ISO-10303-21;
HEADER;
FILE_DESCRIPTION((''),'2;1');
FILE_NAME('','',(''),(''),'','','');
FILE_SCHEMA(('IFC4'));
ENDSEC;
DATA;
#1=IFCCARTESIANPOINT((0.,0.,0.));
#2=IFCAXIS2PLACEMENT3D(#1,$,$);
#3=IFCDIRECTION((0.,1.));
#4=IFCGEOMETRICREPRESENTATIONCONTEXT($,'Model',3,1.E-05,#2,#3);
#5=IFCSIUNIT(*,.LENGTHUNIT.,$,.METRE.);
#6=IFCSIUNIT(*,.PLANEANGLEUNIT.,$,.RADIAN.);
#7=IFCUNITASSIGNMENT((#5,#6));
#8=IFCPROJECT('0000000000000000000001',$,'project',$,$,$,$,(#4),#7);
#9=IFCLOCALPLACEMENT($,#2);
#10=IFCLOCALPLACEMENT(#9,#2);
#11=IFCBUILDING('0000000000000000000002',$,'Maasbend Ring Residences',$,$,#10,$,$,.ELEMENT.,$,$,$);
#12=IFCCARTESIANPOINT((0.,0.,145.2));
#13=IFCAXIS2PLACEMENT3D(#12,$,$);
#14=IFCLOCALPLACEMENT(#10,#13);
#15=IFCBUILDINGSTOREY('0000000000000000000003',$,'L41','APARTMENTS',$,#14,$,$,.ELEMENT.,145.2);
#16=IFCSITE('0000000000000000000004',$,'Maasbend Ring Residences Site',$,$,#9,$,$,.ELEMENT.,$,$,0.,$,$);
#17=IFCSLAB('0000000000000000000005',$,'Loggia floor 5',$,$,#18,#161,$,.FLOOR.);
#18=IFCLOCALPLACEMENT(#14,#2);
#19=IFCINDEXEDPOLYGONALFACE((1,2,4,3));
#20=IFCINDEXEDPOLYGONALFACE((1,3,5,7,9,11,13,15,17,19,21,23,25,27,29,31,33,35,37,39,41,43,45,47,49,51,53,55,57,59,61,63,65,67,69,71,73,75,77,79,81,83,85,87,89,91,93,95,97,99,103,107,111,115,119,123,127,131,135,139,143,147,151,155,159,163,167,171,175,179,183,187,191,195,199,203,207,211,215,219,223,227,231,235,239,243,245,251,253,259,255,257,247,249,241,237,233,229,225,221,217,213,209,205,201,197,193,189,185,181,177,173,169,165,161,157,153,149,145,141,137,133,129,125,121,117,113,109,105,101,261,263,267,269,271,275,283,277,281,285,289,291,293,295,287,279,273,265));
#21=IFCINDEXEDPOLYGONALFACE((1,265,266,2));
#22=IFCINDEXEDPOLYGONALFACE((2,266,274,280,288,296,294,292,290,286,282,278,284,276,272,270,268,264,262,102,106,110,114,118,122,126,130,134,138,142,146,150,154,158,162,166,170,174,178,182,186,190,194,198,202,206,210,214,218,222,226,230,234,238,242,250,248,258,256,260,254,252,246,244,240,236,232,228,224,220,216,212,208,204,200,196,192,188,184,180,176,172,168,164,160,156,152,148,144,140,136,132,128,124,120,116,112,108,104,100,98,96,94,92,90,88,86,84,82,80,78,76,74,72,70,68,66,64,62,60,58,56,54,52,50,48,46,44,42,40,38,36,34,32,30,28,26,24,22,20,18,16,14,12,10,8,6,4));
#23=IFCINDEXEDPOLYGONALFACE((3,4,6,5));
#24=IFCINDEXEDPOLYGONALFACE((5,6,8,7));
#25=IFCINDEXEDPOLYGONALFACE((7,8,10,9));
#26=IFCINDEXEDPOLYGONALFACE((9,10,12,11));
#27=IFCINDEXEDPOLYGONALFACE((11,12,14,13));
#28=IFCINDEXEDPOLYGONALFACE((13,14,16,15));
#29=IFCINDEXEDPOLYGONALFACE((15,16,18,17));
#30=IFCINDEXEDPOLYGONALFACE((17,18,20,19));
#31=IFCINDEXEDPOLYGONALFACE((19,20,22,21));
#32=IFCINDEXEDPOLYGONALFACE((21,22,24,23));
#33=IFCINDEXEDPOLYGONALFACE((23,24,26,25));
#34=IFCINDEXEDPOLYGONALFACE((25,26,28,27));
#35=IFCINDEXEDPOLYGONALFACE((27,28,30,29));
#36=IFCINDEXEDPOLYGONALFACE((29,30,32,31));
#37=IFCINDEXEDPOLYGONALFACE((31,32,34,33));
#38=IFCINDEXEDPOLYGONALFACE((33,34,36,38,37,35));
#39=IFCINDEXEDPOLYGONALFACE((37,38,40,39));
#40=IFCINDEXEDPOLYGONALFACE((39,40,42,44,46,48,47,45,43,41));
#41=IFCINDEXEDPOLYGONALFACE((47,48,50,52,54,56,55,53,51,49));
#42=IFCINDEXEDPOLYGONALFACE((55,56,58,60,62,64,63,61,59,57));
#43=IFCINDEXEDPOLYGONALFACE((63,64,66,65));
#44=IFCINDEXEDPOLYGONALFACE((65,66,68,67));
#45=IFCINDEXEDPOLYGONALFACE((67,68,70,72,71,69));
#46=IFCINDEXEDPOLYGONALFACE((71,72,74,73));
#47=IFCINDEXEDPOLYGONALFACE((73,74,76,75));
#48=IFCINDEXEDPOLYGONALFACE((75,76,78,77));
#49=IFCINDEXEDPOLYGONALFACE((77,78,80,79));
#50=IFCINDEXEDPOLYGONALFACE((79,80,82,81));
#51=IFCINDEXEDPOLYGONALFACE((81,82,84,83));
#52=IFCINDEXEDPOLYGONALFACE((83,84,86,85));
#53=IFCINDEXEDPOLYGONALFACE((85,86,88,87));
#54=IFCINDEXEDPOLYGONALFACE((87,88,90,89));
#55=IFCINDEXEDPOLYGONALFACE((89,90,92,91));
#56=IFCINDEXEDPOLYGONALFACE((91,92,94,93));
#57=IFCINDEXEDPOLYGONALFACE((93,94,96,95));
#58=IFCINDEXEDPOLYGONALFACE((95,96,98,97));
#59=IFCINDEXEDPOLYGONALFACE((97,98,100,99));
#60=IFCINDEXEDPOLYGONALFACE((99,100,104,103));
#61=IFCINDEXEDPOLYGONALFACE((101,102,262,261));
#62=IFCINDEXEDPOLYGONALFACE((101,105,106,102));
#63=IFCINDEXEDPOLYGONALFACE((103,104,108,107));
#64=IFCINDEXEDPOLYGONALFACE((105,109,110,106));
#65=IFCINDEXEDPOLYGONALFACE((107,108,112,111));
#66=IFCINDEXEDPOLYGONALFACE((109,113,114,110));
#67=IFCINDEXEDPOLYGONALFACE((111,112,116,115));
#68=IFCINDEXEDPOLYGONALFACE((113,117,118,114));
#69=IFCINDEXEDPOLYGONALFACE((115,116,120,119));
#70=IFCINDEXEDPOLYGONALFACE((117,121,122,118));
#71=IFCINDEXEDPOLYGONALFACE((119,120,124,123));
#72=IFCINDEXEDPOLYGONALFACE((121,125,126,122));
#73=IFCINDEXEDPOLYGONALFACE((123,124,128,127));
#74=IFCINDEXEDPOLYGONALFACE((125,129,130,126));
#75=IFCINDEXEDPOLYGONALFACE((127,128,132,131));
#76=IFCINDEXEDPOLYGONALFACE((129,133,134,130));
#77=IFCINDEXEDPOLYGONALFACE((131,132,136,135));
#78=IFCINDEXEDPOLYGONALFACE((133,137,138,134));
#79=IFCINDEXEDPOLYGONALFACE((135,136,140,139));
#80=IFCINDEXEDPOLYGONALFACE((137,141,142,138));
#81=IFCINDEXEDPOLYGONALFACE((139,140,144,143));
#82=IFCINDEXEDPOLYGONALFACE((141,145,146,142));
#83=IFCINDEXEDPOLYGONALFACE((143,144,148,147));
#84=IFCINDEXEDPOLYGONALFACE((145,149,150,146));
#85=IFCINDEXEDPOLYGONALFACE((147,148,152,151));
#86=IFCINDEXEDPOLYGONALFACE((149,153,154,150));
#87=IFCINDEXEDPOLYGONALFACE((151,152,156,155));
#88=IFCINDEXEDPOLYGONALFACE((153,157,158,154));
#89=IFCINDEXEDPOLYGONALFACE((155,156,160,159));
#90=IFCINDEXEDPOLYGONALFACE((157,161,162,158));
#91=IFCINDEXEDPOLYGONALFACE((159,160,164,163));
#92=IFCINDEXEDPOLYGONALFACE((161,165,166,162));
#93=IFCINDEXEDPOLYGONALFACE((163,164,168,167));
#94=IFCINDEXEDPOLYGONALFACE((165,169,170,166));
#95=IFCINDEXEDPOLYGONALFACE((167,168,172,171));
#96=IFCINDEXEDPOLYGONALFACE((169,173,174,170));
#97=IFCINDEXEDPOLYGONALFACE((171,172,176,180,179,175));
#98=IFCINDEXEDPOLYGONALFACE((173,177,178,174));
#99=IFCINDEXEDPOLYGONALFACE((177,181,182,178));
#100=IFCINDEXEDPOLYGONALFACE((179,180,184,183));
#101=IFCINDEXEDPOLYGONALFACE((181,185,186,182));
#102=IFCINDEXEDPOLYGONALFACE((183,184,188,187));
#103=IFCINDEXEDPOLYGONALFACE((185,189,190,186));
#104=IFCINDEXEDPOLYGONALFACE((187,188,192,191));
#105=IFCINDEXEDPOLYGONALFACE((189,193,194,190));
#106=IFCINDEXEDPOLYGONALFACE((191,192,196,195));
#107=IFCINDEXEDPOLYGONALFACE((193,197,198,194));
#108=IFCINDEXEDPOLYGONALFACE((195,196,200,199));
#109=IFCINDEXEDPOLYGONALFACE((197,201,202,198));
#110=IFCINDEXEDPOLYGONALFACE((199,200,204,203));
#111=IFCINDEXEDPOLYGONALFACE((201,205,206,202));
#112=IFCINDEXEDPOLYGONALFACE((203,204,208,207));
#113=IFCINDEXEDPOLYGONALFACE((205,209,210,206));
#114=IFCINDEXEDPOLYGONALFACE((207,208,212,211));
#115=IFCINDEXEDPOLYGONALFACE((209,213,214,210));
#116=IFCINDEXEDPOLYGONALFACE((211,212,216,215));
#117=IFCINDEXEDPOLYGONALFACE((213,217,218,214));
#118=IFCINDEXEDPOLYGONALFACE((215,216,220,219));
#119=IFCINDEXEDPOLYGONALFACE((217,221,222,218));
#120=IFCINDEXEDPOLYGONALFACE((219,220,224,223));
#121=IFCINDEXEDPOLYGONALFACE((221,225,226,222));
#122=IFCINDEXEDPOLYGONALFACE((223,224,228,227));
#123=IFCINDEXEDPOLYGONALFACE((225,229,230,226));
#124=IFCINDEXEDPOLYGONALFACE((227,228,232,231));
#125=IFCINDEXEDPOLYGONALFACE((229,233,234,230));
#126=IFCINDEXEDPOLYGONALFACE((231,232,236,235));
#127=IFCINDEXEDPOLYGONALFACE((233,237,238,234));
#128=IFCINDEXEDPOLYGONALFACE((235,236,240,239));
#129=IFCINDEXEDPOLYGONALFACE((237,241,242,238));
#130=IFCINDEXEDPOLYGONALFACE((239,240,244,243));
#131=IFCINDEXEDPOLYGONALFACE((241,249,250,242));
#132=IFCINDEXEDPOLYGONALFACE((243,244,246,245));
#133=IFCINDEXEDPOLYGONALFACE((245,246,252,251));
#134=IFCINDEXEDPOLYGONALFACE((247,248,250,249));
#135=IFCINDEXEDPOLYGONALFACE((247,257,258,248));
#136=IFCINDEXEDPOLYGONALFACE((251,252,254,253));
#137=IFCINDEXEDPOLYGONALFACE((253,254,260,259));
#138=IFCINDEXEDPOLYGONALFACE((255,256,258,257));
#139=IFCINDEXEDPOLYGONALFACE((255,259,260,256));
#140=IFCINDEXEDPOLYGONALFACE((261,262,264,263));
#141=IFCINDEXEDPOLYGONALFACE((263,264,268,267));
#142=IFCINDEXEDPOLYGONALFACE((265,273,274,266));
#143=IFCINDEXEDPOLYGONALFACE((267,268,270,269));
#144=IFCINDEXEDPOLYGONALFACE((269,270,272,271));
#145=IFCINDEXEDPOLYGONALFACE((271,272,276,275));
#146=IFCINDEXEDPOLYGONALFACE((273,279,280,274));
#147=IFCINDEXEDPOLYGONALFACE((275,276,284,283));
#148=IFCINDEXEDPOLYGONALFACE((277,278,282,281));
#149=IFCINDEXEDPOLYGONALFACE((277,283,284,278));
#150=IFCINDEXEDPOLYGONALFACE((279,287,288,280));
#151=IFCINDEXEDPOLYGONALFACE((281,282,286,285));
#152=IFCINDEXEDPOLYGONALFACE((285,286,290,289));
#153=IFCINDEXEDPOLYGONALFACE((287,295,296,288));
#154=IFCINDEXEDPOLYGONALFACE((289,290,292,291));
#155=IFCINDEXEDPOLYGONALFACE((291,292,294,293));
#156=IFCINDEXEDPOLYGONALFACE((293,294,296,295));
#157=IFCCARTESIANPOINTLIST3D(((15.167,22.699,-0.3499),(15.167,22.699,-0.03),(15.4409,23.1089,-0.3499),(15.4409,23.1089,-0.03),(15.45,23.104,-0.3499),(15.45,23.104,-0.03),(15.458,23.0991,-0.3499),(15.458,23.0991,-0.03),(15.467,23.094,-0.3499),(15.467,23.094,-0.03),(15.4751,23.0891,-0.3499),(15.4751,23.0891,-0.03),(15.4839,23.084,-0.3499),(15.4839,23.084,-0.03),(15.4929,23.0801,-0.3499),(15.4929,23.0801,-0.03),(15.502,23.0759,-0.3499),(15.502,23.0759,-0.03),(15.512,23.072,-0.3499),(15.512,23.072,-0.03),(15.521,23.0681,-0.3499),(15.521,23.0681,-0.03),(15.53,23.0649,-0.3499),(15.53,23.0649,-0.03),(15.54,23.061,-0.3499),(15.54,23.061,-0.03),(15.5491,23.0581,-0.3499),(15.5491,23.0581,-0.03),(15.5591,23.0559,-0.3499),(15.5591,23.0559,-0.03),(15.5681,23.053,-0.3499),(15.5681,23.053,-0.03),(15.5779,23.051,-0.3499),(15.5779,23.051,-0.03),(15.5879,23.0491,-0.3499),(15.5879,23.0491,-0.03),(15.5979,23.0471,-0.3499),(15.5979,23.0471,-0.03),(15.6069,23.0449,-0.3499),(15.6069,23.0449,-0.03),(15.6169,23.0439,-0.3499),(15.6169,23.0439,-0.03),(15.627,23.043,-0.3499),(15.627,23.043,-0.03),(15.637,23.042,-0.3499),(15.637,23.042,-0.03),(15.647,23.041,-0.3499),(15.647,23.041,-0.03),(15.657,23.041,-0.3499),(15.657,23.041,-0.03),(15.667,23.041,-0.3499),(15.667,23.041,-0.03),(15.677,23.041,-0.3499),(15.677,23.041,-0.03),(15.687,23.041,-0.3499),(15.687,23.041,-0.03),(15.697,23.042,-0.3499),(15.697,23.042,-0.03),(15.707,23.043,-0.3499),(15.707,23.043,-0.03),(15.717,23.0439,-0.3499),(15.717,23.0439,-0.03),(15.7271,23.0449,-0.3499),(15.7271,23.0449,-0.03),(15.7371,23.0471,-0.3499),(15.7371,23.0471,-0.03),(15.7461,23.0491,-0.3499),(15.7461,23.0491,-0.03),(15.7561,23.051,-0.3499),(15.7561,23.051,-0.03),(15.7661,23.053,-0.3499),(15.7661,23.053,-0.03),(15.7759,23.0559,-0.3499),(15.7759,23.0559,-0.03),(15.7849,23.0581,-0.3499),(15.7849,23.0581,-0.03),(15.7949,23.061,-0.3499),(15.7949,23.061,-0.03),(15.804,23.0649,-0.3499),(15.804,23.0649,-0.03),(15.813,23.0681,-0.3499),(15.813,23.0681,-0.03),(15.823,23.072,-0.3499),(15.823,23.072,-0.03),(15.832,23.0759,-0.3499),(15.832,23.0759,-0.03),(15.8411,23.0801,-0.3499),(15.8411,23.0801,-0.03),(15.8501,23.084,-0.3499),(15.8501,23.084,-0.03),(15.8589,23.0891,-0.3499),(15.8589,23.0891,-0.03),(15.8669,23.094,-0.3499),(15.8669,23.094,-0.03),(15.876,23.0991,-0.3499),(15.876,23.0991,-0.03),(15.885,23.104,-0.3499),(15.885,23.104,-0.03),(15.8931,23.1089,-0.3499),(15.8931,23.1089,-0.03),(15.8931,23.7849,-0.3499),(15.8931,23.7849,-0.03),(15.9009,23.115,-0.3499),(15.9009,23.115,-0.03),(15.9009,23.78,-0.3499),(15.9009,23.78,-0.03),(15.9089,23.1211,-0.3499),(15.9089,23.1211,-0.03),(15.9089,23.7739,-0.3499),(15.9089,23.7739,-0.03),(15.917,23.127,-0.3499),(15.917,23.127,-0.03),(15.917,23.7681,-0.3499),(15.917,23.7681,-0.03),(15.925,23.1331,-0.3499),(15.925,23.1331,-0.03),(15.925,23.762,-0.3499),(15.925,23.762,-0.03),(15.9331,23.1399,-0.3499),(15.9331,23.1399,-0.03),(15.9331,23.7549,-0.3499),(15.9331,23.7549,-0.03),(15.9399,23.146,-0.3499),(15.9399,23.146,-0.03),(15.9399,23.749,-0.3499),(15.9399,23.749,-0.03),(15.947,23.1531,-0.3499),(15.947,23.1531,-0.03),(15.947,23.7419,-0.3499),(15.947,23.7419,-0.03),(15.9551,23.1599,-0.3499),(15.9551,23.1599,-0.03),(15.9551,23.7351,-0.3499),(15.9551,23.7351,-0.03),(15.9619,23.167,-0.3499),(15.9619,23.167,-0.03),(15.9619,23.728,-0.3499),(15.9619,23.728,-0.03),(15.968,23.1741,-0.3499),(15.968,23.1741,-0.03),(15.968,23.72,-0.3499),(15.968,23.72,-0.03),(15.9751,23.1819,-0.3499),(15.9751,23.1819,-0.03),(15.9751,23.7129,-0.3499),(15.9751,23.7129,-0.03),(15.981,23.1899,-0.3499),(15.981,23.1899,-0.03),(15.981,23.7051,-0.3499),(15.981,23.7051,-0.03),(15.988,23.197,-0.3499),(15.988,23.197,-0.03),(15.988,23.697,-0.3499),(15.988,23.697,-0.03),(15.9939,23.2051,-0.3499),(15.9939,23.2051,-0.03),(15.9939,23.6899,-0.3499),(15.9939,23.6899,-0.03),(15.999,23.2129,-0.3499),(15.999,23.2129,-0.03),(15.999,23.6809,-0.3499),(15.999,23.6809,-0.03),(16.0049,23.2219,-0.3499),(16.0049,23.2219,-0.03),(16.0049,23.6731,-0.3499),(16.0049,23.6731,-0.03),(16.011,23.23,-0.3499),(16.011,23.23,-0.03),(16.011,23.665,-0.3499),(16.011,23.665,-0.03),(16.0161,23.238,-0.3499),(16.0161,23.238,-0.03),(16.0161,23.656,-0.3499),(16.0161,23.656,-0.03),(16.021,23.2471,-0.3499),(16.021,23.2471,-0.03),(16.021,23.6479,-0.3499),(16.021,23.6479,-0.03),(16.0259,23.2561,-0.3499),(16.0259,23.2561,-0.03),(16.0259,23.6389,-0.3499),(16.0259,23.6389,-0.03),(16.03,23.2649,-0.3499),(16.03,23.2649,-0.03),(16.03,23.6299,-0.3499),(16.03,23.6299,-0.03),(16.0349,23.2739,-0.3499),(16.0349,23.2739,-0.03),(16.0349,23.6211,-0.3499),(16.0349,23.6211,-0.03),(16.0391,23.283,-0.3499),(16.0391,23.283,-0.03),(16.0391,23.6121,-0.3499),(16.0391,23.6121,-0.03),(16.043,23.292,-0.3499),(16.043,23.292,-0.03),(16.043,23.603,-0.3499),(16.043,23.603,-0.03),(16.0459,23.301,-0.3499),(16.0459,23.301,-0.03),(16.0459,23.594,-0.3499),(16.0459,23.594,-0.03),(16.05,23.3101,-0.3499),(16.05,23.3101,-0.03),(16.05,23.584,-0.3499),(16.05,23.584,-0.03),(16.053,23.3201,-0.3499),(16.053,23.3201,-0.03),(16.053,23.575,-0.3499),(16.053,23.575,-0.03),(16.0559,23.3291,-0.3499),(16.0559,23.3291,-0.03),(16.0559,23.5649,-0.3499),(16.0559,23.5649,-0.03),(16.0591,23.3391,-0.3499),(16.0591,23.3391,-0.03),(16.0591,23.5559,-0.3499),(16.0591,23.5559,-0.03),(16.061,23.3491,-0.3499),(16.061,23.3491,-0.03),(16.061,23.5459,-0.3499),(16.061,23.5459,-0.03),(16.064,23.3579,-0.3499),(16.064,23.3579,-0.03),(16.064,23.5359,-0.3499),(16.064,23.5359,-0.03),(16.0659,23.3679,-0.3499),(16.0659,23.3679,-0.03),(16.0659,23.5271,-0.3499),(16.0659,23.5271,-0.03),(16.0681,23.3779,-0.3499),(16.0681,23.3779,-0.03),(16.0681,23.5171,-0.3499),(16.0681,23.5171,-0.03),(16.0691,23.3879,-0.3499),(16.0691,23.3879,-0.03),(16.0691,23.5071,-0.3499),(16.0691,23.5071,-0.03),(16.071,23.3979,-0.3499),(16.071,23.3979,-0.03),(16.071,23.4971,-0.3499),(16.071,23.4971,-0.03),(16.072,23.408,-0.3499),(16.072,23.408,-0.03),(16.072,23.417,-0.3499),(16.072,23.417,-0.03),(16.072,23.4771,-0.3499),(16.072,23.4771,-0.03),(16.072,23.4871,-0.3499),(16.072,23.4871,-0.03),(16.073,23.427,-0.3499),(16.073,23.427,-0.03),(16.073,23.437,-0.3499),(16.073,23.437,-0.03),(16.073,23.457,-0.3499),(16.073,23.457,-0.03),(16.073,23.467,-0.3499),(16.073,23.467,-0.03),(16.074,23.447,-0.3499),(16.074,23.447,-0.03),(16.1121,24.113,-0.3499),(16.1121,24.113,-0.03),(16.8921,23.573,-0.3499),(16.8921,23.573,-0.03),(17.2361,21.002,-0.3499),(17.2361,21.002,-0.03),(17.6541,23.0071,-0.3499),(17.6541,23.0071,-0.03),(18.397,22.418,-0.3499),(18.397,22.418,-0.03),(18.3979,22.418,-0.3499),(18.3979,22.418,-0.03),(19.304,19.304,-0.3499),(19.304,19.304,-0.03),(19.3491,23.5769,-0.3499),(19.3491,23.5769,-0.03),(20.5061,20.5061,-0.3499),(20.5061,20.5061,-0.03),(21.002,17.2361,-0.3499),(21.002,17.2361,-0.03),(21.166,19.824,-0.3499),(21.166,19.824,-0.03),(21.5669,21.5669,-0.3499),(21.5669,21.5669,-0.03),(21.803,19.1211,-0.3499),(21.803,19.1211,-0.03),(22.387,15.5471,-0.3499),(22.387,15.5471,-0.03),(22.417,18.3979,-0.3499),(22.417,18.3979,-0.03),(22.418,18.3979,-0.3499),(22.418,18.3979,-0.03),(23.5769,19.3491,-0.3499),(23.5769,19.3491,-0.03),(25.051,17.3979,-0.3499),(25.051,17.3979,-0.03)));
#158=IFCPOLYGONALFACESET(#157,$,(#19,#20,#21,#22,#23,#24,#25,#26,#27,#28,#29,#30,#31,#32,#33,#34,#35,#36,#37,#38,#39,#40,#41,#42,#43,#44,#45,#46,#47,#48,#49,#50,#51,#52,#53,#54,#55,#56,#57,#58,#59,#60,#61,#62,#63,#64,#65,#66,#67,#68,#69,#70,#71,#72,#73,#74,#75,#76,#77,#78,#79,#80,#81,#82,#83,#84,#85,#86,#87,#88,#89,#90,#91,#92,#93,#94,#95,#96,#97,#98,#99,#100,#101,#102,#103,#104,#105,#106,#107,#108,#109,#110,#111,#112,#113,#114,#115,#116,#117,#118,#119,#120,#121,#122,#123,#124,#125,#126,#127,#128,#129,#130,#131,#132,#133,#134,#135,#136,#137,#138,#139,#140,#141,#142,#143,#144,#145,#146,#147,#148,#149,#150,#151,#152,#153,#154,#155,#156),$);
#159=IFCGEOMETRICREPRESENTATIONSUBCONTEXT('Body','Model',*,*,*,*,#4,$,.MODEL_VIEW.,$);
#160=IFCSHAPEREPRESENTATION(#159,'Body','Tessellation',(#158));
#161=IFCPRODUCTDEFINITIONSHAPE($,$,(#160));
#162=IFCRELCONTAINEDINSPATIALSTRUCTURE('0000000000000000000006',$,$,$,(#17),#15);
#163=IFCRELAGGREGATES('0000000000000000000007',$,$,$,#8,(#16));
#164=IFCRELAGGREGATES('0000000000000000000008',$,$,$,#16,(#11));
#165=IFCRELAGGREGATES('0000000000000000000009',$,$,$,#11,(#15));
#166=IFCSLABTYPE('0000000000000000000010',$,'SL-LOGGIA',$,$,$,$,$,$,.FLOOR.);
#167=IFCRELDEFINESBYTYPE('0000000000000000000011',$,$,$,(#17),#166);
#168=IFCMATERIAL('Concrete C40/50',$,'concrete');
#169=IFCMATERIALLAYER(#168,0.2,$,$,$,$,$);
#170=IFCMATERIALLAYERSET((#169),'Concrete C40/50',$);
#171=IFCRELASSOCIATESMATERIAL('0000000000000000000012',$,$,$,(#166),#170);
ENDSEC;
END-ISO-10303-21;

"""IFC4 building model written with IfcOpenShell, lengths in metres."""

from ifc_helpers import new_model, si_unit, direction, frame, origin, place, context, subcontext, project, spatial, polyline, outline, extrude, material, layer, layer_set, type_object, element, save


model = new_model("IFC4")

# Units and contexts
model_context = context("Model", 3, precision=1e-05, world=origin(), true_north=direction((0.0, 1.0)))
body_context = subcontext(model_context, "Body", "Model", "MODEL_VIEW")
ifc_project = project(units=[si_unit("LENGTHUNIT", "METRE"), si_unit("PLANEANGLEUNIT", "RADIAN")], contexts=[model_context])

# Site, building, storey
site_placement = place(None, origin())
site = spatial("IfcSite", under=ifc_project, at=site_placement, Name="Maasbend Ring Residences Site", CompositionType="ELEMENT", RefElevation=0.0)
building_placement = place(site_placement, origin())
building = spatial("IfcBuilding", under=site, at=building_placement, Name="Maasbend Ring Residences", CompositionType="ELEMENT")
storey_placement = place(building_placement, frame((0.0, 0.0, 145.2)))
storey = spatial("IfcBuildingStorey", under=building, at=storey_placement, Name="L41", Description="APARTMENTS", CompositionType="ELEMENT", Elevation=145.2)

# Slab
ifc_material_1 = material(Name="Concrete C40/50", Category="concrete")
ifc_layer_1 = layer(ifc_material_1, 0.2)
ifc_layer_set_1 = layer_set([ifc_layer_1], Name="Concrete C40/50")
slab_type_1 = type_object("IfcSlabType", Name="SL-LOGGIA", PredefinedType="FLOOR", material=ifc_layer_set_1)
slab_1_placement = place(storey_placement, frame((0.0, 0.0, -0.3499)))
element("IfcSlab", 1, at=slab_1_placement, inside=storey, type_object=slab_type_1, Name="Loggia floor 5", PredefinedType="FLOOR", context=body_context, shape_type="SweptSolid", body=[
    extrude(outline(polyline([(15.458, 23.0991), (15.467, 23.094), (15.4751, 23.0891), (15.4839, 23.084), (15.4929, 23.0801), (15.502, 23.0759), (15.512, 23.072), (15.521, 23.0681), (15.53, 23.0649), (15.54, 23.061), (15.5491, 23.0581), (15.5591, 23.0559), (15.5681, 23.053), (15.5779, 23.051), (15.5879, 23.0491), (15.5979, 23.0471), (15.6069, 23.0449), (15.6169, 23.0439), (15.627, 23.043), (15.637, 23.042), (15.647, 23.041), (15.657, 23.041), (15.667, 23.041), (15.677, 23.041), (15.687, 23.041), (15.697, 23.042), (15.707, 23.043), (15.717, 23.0439), (15.7271, 23.0449), (15.7371, 23.0471), (15.7461, 23.0491), (15.7561, 23.051), (15.7661, 23.053), (15.7759, 23.0559), (15.7849, 23.0581), (15.7949, 23.061), (15.804, 23.0649), (15.813, 23.0681), (15.823, 23.072), (15.832, 23.0759), (15.8411, 23.0801), (15.8501, 23.084), (15.8589, 23.0891), (15.8669, 23.094), (15.876, 23.0991), (15.885, 23.104), (15.8931, 23.1089), (15.9009, 23.115), (15.9089, 23.1211), (15.917, 23.127), (15.925, 23.1331), (15.9331, 23.1399), (15.9399, 23.146), (15.947, 23.1531), (15.9551, 23.1599), (15.9619, 23.167), (15.968, 23.1741), (15.9751, 23.1819), (15.981, 23.1899), (15.988, 23.197), (15.9939, 23.2051), (15.999, 23.2129), (16.0049, 23.2219), (16.011, 23.23), (16.0161, 23.238), (16.021, 23.2471), (16.0259, 23.2561), (16.03, 23.2649), (16.0349, 23.2739), (16.0391, 23.283), (16.043, 23.292), (16.0459, 23.301), (16.05, 23.3101), (16.053, 23.3201), (16.0559, 23.3291), (16.0591, 23.3391), (16.061, 23.3491), (16.064, 23.3579), (16.0659, 23.3679), (16.0681, 23.3779), (16.0691, 23.3879), (16.071, 23.3979), (16.072, 23.408), (16.072, 23.417), (16.073, 23.427), (16.073, 23.437), (16.074, 23.447), (16.073, 23.457), (16.073, 23.467), (16.072, 23.4771), (16.072, 23.4871), (16.071, 23.4971), (16.0691, 23.5071), (16.0681, 23.5171), (16.0659, 23.5271), (16.064, 23.5359), (16.061, 23.5459), (16.0591, 23.5559), (16.0559, 23.5649), (16.053, 23.575), (16.05, 23.584), (16.0459, 23.594), (16.043, 23.603), (16.0391, 23.6121), (16.0349, 23.6211), (16.03, 23.6299), (16.0259, 23.6389), (16.021, 23.6479), (16.0161, 23.656), (16.011, 23.665), (16.0049, 23.6731), (15.999, 23.6809), (15.9939, 23.6899), (15.988, 23.697), (15.981, 23.7051), (15.9751, 23.7129), (15.968, 23.72), (15.9619, 23.728), (15.9551, 23.7351), (15.947, 23.7419), (15.9399, 23.749), (15.9331, 23.7549), (15.925, 23.762), (15.917, 23.7681), (15.9089, 23.7739), (15.9009, 23.78), (15.8931, 23.7849), (15.8931, 23.7849), (16.1121, 24.113), (16.1121, 24.113), (16.1121, 24.113), (16.8921, 23.573), (16.8921, 23.573), (17.6541, 23.0071), (17.6541, 23.0071), (18.397, 22.418), (18.397, 22.418), (18.397, 22.418), (18.397, 22.418), (18.397, 22.418), (18.397, 22.418), (18.397, 22.418), (18.397, 22.418), (18.397, 22.418), (18.397, 22.418), (18.397, 22.418), (18.3979, 22.418), (18.3979, 22.418), (18.3979, 22.418), (18.3979, 22.418), (18.3979, 22.418), (18.3979, 22.418), (19.3491, 23.5769), (19.3491, 23.5769), (19.3491, 23.5769), (21.5669, 21.5669), (21.5669, 21.5669), (21.5669, 21.5669), (20.5061, 20.5061), (20.5061, 20.5061), (20.5061, 20.5061), (20.5061, 20.5061), (20.5061, 20.5061), (20.5061, 20.5061), (20.5061, 20.5061), (20.5061, 20.5061), (20.5061, 20.5061), (20.5061, 20.5061), (20.5061, 20.5061), (20.5061, 20.5061), (20.5061, 20.5061), (20.5061, 20.5061), (20.5061, 20.5061), (20.5061, 20.5061), (20.5061, 20.5061), (21.166, 19.824), (21.166, 19.824), (21.803, 19.1211), (21.803, 19.1211), (22.417, 18.3979), (22.417, 18.3979), (22.417, 18.3979), (22.417, 18.3979), (22.417, 18.3979), (22.417, 18.3979), (22.417, 18.3979), (22.417, 18.3979), (22.417, 18.3979), (22.417, 18.3979), (22.417, 18.3979), (22.417, 18.3979), (22.418, 18.3979), (22.418, 18.3979), (22.418, 18.3979), (22.418, 18.3979), (22.418, 18.3979), (23.5769, 19.3491), (23.5769, 19.3491), (23.5769, 19.3491), (25.051, 17.3979), (25.051, 17.3979), (25.051, 17.3979), (22.387, 15.5471), (22.387, 15.5471), (22.387, 15.5471), (21.002, 17.2361), (19.304, 19.304), (19.304, 19.304), (19.304, 19.304), (17.2361, 21.002), (15.167, 22.699), (15.167, 22.699), (15.167, 22.699), (15.4409, 23.1089), (15.4409, 23.1089), (15.45, 23.104), (15.458, 23.0991)])), origin(), (0.0, 0.0, 1.0), 0.3198),
])

save(model, "model.ifc")
